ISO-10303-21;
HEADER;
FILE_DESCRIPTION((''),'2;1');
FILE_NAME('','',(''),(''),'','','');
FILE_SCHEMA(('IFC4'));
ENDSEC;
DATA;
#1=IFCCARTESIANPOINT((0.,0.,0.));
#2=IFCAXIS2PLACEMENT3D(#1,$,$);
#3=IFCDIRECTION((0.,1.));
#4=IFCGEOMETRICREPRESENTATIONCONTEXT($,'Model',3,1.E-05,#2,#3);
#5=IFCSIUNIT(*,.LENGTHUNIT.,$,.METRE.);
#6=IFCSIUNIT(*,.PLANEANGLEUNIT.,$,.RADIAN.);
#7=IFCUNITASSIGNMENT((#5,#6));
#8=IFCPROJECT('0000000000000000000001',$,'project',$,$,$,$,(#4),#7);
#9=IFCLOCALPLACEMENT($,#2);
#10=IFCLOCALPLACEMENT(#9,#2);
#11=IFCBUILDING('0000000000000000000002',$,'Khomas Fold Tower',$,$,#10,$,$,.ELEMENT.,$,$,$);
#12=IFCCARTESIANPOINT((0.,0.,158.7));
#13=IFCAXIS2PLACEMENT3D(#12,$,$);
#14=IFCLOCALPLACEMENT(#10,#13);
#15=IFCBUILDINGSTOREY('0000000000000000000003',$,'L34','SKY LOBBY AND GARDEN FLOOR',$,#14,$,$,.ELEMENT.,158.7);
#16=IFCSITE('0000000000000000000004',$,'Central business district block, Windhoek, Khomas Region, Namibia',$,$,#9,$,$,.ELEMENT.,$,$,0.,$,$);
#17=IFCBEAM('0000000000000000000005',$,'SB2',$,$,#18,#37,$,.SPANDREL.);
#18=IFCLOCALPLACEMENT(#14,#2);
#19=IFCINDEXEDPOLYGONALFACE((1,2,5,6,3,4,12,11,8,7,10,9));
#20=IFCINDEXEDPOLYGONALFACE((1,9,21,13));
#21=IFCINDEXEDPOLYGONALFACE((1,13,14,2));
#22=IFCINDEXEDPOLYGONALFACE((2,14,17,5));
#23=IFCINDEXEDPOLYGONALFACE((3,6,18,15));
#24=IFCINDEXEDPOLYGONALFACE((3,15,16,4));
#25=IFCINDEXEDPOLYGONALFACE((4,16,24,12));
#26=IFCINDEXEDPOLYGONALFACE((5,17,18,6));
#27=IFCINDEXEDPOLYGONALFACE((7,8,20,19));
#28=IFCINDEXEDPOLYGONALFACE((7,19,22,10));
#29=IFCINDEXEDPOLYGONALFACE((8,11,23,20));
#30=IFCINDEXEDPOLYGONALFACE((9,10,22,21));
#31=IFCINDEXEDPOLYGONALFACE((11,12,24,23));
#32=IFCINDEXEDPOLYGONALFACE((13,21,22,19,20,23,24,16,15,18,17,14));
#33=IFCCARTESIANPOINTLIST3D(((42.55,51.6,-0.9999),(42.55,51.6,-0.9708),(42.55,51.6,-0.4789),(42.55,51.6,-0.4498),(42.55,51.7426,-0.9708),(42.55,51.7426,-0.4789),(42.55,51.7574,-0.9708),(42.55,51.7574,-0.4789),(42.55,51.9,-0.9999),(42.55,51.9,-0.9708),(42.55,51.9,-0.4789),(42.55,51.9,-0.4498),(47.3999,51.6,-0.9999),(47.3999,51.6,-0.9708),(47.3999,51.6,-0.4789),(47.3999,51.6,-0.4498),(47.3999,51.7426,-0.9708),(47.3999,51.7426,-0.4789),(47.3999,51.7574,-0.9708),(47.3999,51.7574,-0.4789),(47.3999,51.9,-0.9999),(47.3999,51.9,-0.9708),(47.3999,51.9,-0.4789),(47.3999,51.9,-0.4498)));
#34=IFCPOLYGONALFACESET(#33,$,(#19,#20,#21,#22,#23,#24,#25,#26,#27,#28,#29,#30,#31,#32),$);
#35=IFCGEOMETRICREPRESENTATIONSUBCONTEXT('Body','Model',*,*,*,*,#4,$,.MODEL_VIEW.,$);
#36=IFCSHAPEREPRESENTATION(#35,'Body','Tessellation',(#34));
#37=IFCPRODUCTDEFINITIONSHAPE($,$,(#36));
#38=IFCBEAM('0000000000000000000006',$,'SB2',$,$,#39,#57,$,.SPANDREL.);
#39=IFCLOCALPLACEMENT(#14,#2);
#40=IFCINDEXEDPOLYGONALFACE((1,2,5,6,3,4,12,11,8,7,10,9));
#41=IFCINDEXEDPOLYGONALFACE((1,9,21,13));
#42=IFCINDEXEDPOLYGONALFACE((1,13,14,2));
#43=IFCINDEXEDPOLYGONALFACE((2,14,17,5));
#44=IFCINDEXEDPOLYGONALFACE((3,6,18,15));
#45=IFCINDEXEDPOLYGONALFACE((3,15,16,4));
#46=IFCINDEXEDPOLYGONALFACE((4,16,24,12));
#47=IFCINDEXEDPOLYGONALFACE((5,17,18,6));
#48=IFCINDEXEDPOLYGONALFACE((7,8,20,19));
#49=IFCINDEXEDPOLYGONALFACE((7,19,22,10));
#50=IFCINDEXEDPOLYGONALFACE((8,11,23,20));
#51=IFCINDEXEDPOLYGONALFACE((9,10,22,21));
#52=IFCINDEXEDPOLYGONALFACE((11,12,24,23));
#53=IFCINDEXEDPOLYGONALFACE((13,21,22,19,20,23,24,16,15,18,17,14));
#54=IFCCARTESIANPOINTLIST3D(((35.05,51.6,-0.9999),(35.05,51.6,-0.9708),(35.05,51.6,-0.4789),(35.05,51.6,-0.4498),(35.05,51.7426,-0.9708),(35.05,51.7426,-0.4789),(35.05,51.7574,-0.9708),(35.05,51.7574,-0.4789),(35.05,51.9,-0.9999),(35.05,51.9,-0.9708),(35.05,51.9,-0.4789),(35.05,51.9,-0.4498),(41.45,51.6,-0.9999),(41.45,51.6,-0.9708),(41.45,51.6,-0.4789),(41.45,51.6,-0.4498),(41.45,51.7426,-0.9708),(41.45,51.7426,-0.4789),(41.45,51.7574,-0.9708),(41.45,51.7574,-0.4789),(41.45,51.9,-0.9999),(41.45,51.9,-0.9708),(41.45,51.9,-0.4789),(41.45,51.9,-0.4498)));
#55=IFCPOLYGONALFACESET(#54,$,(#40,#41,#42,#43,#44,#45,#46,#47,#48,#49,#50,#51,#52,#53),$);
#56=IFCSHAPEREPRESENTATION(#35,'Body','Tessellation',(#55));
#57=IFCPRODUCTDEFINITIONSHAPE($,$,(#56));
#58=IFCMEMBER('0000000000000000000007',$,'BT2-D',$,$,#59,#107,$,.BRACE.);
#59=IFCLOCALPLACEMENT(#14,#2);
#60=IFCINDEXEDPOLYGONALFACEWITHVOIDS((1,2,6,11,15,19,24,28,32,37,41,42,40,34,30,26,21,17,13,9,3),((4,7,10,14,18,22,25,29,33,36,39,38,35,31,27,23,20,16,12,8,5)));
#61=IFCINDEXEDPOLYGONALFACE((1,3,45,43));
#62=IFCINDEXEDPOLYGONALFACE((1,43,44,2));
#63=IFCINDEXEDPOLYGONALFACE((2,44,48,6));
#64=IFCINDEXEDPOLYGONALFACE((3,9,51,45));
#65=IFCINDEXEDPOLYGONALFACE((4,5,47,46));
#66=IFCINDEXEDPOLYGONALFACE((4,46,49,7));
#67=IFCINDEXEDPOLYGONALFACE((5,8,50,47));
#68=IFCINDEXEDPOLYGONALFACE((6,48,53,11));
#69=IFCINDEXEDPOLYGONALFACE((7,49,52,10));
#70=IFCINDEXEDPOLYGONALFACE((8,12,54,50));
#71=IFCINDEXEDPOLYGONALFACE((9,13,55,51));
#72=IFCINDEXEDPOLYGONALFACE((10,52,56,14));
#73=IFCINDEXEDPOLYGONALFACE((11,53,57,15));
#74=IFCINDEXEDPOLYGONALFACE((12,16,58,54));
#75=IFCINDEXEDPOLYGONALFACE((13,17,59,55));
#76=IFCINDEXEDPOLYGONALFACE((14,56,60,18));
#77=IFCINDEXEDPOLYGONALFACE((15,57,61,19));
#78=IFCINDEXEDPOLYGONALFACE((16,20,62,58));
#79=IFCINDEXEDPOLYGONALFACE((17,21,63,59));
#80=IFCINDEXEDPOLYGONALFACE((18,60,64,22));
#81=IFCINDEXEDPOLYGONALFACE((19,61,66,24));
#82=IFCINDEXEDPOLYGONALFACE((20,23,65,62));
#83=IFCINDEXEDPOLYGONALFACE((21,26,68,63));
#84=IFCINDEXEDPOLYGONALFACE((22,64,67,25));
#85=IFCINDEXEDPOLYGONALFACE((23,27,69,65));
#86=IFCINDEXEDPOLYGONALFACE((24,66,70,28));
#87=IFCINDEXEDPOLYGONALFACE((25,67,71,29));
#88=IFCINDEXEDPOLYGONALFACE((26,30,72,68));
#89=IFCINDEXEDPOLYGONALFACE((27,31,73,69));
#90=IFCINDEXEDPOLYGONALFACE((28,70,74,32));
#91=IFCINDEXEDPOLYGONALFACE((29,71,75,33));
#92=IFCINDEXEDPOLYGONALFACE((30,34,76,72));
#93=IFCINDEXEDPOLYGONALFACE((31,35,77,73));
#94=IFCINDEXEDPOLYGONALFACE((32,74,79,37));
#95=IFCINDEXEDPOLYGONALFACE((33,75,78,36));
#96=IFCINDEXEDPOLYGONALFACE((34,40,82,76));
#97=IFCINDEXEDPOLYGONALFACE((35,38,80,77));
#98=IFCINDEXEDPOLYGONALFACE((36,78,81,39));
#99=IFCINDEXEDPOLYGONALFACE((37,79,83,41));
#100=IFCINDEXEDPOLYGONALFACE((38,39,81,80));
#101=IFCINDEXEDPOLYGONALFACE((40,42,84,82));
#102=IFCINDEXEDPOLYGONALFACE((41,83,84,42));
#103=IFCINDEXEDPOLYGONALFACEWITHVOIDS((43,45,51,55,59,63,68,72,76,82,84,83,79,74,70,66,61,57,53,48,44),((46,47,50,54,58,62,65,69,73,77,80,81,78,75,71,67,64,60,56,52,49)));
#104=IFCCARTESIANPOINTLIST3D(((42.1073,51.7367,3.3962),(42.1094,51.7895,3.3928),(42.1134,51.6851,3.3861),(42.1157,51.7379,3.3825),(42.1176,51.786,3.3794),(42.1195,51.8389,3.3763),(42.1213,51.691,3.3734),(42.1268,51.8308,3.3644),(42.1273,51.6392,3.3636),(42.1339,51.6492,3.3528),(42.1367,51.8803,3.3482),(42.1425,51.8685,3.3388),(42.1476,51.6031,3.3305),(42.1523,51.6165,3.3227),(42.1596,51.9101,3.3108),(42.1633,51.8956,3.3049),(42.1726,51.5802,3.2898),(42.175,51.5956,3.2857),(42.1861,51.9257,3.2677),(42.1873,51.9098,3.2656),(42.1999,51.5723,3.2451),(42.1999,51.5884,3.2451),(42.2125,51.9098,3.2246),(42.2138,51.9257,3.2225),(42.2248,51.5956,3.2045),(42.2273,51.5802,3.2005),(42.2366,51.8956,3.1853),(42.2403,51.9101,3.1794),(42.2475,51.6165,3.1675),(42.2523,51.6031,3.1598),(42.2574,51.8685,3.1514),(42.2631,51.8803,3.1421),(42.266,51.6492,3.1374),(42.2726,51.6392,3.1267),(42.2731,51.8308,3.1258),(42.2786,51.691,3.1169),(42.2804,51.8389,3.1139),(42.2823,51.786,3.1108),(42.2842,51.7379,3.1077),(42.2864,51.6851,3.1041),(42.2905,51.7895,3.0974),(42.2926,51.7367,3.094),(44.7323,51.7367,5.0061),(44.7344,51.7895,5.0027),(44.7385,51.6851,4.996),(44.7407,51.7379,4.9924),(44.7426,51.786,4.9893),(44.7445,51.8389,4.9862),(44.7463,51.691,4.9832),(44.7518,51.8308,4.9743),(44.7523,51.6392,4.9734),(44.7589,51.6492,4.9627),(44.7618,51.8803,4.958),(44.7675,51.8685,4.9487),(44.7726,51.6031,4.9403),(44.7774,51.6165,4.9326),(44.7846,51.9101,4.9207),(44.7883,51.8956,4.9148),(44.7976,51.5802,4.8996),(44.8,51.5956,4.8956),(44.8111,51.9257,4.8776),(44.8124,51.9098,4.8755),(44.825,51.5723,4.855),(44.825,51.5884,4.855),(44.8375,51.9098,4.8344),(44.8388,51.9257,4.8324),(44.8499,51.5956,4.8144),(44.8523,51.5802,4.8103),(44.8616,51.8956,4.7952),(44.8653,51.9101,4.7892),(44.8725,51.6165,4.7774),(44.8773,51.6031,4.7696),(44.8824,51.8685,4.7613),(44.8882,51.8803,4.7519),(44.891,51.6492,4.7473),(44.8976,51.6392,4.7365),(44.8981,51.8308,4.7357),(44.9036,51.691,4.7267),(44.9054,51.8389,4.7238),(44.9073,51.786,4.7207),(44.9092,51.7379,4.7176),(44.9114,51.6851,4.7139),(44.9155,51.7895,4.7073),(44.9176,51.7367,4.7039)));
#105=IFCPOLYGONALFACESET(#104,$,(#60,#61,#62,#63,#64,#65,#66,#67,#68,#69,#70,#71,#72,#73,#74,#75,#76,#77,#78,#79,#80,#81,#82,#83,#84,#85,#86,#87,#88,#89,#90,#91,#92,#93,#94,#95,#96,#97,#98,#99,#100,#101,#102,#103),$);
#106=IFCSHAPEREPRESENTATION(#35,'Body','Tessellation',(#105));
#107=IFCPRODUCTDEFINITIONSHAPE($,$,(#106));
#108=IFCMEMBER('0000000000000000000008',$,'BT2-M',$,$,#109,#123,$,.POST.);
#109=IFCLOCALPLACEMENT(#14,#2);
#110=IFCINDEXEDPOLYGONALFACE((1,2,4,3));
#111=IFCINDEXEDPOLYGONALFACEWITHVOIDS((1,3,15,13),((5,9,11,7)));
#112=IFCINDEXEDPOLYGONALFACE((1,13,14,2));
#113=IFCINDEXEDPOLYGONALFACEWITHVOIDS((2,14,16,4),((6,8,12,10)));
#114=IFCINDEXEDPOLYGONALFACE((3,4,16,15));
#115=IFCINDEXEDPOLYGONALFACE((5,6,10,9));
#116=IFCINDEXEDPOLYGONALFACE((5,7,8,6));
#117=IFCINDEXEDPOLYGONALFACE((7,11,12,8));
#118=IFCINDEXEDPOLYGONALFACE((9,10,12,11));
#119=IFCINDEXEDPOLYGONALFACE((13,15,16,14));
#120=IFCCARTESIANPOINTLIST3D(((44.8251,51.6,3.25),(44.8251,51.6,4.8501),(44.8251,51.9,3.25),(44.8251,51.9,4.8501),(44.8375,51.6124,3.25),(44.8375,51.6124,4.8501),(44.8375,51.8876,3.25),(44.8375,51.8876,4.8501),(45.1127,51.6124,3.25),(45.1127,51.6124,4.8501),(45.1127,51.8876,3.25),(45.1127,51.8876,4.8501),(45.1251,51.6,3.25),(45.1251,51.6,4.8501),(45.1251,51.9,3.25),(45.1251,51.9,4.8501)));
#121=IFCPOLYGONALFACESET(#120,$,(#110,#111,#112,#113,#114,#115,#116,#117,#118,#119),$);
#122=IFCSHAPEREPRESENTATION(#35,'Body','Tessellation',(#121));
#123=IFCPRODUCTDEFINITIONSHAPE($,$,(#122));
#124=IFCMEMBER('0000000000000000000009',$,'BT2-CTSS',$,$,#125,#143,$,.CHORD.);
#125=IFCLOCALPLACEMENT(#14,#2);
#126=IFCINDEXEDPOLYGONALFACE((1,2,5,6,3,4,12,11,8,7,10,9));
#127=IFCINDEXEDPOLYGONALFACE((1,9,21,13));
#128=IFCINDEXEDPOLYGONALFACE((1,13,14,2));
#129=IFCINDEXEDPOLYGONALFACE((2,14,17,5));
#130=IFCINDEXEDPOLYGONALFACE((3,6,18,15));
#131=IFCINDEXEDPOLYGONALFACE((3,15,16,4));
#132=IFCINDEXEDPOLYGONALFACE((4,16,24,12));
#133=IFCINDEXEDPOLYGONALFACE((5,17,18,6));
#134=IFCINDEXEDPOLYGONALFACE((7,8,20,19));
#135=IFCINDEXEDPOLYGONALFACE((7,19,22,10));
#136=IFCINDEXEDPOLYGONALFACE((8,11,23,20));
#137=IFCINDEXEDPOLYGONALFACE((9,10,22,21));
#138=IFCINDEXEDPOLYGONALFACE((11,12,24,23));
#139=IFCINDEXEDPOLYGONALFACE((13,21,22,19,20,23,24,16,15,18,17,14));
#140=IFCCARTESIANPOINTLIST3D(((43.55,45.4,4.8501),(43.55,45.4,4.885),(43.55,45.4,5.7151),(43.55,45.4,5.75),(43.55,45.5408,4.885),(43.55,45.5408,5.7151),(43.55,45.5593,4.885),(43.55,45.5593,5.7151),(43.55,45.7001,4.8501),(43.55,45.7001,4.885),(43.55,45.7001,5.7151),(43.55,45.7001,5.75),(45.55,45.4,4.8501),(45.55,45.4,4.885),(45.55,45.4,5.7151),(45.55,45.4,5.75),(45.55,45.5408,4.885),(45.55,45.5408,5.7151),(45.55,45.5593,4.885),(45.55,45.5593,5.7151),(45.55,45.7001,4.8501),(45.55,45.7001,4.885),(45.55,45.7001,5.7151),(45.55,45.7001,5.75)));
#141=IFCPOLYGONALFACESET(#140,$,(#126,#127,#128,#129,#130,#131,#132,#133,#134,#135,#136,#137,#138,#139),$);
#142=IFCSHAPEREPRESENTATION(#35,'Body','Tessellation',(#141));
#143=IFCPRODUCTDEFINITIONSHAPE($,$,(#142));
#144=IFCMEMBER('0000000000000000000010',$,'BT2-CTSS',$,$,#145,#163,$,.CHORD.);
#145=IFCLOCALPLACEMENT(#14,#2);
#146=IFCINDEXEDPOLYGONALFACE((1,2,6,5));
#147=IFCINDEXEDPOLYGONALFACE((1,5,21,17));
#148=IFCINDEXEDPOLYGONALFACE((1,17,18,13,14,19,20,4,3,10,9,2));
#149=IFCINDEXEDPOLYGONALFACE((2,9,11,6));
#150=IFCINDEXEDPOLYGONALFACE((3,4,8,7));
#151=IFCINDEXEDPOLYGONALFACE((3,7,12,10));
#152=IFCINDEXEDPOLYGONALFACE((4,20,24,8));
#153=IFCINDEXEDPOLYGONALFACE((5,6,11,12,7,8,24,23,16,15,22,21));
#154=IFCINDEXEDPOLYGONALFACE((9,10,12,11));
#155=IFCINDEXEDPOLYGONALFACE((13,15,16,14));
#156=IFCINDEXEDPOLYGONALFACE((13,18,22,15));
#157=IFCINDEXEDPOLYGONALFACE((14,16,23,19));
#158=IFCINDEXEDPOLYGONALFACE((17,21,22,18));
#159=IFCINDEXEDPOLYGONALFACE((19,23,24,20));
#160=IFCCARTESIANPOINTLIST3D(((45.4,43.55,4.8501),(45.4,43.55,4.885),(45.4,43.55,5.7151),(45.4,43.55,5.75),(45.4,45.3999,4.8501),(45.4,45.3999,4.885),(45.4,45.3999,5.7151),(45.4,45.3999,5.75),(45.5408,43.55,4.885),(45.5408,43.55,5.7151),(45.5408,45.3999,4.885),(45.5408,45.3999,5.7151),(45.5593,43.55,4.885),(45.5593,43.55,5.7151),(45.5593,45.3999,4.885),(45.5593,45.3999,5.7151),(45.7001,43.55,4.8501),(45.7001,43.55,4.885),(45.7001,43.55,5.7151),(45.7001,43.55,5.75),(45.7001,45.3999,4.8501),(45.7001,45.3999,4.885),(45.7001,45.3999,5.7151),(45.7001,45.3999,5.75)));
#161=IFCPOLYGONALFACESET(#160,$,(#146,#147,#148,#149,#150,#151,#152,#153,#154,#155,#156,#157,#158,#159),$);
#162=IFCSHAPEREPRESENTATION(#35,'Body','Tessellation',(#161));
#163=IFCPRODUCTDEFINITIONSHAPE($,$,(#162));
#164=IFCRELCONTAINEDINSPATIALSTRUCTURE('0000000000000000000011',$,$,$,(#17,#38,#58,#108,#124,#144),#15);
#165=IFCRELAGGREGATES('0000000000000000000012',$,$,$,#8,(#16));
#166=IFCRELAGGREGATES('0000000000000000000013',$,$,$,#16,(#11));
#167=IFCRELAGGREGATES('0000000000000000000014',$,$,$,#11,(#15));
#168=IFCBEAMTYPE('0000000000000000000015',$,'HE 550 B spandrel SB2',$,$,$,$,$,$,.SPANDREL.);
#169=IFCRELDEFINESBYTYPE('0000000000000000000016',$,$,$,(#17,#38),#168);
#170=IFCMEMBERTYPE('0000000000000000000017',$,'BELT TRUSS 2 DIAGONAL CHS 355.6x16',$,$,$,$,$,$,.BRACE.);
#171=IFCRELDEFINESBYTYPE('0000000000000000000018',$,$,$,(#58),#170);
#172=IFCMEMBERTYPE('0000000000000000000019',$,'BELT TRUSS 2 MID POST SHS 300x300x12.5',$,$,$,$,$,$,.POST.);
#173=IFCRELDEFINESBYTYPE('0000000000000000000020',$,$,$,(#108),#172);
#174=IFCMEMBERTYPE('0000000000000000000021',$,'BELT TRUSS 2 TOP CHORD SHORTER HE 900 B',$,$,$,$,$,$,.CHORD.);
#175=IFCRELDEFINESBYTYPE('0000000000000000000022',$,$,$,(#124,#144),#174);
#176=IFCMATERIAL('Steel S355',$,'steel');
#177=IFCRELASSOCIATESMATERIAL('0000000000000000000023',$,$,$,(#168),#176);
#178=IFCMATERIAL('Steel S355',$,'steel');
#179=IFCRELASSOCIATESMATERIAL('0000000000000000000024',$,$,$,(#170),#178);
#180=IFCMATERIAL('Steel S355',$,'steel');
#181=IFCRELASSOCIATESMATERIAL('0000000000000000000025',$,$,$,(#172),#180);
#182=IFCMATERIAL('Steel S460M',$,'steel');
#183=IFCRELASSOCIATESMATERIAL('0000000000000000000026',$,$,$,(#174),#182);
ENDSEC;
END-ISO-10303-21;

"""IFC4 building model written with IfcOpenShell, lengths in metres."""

from ifc_helpers import new_model, si_unit, direction, frame, origin, origin_2d, place, context, subcontext, project, spatial, hollow_rectangle, hollow_circle, i_section, extrude, source, transform, mapped, material, material_profile, profile_set, type_object, element, save


model = new_model("IFC4")

# Units and contexts
model_context = context("Model", 3, precision=1e-05, world=origin(), true_north=direction((0.0, 1.0)))
body_context = subcontext(model_context, "Body", "Model", "MODEL_VIEW")
ifc_project = project(units=[si_unit("LENGTHUNIT", "METRE"), si_unit("PLANEANGLEUNIT", "RADIAN")], contexts=[model_context])

# Site, building, storey
site_placement = place(None, origin())
site = spatial("IfcSite", under=ifc_project, at=site_placement, Name="Central business district block, Windhoek, Khomas Region, Namibia", CompositionType="ELEMENT", RefElevation=0.0)
building_placement = place(site_placement, origin())
building = spatial("IfcBuilding", under=site, at=building_placement, Name="Khomas Fold Tower", CompositionType="ELEMENT")
storey_placement = place(building_placement, frame((0.0, 0.0, 158.7)))
storey = spatial("IfcBuildingStorey", under=building, at=storey_placement, Name="L34", Description="SKY LOBBY AND GARDEN FLOOR", CompositionType="ELEMENT", Elevation=158.7)

# Beams
ifc_material_1 = material(Name="Steel S355", Category="steel")
ifc_material_profile_1 = material_profile(ifc_material_1, i_section(OverallWidth=0.3, OverallDepth=0.55, WebThickness=0.0149, FlangeThickness=0.0291, at=origin_2d()), Name="HE 550 B")
ifc_profile_set_1 = profile_set([ifc_material_profile_1], Name="Steel S355")
beam_type = type_object("IfcBeamType", Name="HE 550 B spandrel SB2", PredefinedType="SPANDREL", material=ifc_profile_set_1)
shared_shape_1 = source(origin(), body_context, "Body", "SweptSolid", [
    extrude(i_section(OverallWidth=0.3, OverallDepth=0.55, WebThickness=0.0149, FlangeThickness=0.0291, at=origin_2d()), origin(), (0.0, 0.0, 1.0), 4.8499),
])
beam_1_placement = place(storey_placement, frame((42.55, 51.75, -0.7249), z_axis=(1.0, 0.0, 0.0), x_axis=(0.0, 1.0, 0.0)))
element("IfcBeam", 1, at=beam_1_placement, inside=storey, type_object=beam_type, Name="SB2", PredefinedType="SPANDREL", context=body_context, shape_type="MappedRepresentation", body=[
    mapped(shared_shape_1, transform((0.0, 0.0, 0.0))),
])
shared_shape_2 = source(origin(), body_context, "Body", "SweptSolid", [
    extrude(i_section(OverallWidth=0.3, OverallDepth=0.55, WebThickness=0.0149, FlangeThickness=0.0291, at=origin_2d()), origin(), (0.0, 0.0, 1.0), 6.3999),
])
beam_2_placement = place(storey_placement, frame((35.05, 51.75, -0.7249), z_axis=(1.0, 0.0, 0.0), x_axis=(0.0, 1.0, 0.0)))
element("IfcBeam", 2, at=beam_2_placement, inside=storey, type_object=beam_type, Name="SB2", PredefinedType="SPANDREL", context=body_context, shape_type="MappedRepresentation", body=[
    mapped(shared_shape_2, transform((0.0, 0.0, 0.0))),
])

# Members
ifc_material_2 = material(Name="Steel S355", Category="steel")
ifc_material_profile_2 = material_profile(ifc_material_2, hollow_circle(Radius=0.1777, WallThickness=0.0161, at=origin_2d()), Name="CHS 355.6x16")
ifc_profile_set_2 = profile_set([ifc_material_profile_2], Name="Steel S355")
member_type_1 = type_object("IfcMemberType", Name="BELT TRUSS 2 DIAGONAL CHS 355.6x16", PredefinedType="BRACE", material=ifc_profile_set_2)
shared_shape_3 = source(origin(), body_context, "Body", "SweptSolid", [
    extrude(hollow_circle(Radius=0.1777, WallThickness=0.0161, at=origin_2d()), origin(), (0.0, 0.0, 1.0), 3.0793),
])
member_1_placement = place(storey_placement, frame((44.825, 51.75, 4.855), z_axis=(-0.852458, 0.0, -0.522796), x_axis=(0.0, -1.0, 0.0)))
element("IfcMember", 3, at=member_1_placement, inside=storey, type_object=member_type_1, Name="BT2-D", PredefinedType="BRACE", context=body_context, shape_type="MappedRepresentation", body=[
    mapped(shared_shape_3, transform((0.0, 0.0, 0.0))),
])
ifc_material_3 = material(Name="Steel S355", Category="steel")
ifc_material_profile_3 = material_profile(ifc_material_3, hollow_rectangle(XDim=0.3, YDim=0.3, WallThickness=0.0125, at=origin_2d()), Name="SHS 300x300x12.5")
ifc_profile_set_3 = profile_set([ifc_material_profile_3], Name="Steel S355")
member_type_2 = type_object("IfcMemberType", Name="BELT TRUSS 2 MID POST SHS 300x300x12.5", PredefinedType="POST", material=ifc_profile_set_3)
shared_shape_4 = source(origin(), body_context, "Body", "SweptSolid", [
    extrude(hollow_rectangle(XDim=0.3, YDim=0.3, WallThickness=0.0125, at=origin_2d()), origin(), (0.0, 0.0, 1.0), 1.6001),
])
member_2_placement = place(storey_placement, frame((44.9751, 51.75, 3.25), z_axis=(0.0, 0.0, 1.0), x_axis=(1.0, 0.0, 0.0)))
element("IfcMember", 4, at=member_2_placement, inside=storey, type_object=member_type_2, Name="BT2-M", PredefinedType="POST", context=body_context, shape_type="MappedRepresentation", body=[
    mapped(shared_shape_4, transform((0.0, 0.0, 0.0))),
])
ifc_material_4 = material(Name="Steel S460M", Category="steel")
ifc_material_profile_4 = material_profile(ifc_material_4, i_section(OverallWidth=0.3, OverallDepth=0.8999, WebThickness=0.0186, FlangeThickness=0.0349, at=origin_2d()), Name="HE 900 B")
ifc_profile_set_4 = profile_set([ifc_material_profile_4], Name="Steel S460M")
member_type_3 = type_object("IfcMemberType", Name="BELT TRUSS 2 TOP CHORD SHORTER HE 900 B", PredefinedType="CHORD", material=ifc_profile_set_4)
shared_shape_5 = source(origin(), body_context, "Body", "SweptSolid", [
    extrude(i_section(OverallWidth=0.3, OverallDepth=0.8999, WebThickness=0.0186, FlangeThickness=0.0349, at=origin_2d()), origin(), (0.0, 0.0, 1.0), 2.0),
])
member_3_placement = place(storey_placement, frame((45.55, 45.55, 5.3), z_axis=(-1.0, 0.0, 0.0), x_axis=(0.0, -1.0, 0.0)))
element("IfcMember", 5, at=member_3_placement, inside=storey, type_object=member_type_3, Name="BT2-CTSS", PredefinedType="CHORD", context=body_context, shape_type="MappedRepresentation", body=[
    mapped(shared_shape_5, transform((0.0, 0.0, 0.0))),
])
shared_shape_6 = source(origin(), body_context, "Body", "SweptSolid", [
    extrude(i_section(OverallWidth=0.3, OverallDepth=0.8999, WebThickness=0.0186, FlangeThickness=0.0349, at=origin_2d()), origin(), (0.0, 0.0, 1.0), 1.8499),
])
member_4_placement = place(storey_placement, frame((45.55, 45.3999, 5.3), z_axis=(0.0, -1.0, 0.0), x_axis=(1.0, 0.0, 0.0)))
element("IfcMember", 6, at=member_4_placement, inside=storey, type_object=member_type_3, Name="BT2-CTSS", PredefinedType="CHORD", context=body_context, shape_type="MappedRepresentation", body=[
    mapped(shared_shape_6, transform((0.0, 0.0, 0.0))),
])

save(model, "model.ifc")
